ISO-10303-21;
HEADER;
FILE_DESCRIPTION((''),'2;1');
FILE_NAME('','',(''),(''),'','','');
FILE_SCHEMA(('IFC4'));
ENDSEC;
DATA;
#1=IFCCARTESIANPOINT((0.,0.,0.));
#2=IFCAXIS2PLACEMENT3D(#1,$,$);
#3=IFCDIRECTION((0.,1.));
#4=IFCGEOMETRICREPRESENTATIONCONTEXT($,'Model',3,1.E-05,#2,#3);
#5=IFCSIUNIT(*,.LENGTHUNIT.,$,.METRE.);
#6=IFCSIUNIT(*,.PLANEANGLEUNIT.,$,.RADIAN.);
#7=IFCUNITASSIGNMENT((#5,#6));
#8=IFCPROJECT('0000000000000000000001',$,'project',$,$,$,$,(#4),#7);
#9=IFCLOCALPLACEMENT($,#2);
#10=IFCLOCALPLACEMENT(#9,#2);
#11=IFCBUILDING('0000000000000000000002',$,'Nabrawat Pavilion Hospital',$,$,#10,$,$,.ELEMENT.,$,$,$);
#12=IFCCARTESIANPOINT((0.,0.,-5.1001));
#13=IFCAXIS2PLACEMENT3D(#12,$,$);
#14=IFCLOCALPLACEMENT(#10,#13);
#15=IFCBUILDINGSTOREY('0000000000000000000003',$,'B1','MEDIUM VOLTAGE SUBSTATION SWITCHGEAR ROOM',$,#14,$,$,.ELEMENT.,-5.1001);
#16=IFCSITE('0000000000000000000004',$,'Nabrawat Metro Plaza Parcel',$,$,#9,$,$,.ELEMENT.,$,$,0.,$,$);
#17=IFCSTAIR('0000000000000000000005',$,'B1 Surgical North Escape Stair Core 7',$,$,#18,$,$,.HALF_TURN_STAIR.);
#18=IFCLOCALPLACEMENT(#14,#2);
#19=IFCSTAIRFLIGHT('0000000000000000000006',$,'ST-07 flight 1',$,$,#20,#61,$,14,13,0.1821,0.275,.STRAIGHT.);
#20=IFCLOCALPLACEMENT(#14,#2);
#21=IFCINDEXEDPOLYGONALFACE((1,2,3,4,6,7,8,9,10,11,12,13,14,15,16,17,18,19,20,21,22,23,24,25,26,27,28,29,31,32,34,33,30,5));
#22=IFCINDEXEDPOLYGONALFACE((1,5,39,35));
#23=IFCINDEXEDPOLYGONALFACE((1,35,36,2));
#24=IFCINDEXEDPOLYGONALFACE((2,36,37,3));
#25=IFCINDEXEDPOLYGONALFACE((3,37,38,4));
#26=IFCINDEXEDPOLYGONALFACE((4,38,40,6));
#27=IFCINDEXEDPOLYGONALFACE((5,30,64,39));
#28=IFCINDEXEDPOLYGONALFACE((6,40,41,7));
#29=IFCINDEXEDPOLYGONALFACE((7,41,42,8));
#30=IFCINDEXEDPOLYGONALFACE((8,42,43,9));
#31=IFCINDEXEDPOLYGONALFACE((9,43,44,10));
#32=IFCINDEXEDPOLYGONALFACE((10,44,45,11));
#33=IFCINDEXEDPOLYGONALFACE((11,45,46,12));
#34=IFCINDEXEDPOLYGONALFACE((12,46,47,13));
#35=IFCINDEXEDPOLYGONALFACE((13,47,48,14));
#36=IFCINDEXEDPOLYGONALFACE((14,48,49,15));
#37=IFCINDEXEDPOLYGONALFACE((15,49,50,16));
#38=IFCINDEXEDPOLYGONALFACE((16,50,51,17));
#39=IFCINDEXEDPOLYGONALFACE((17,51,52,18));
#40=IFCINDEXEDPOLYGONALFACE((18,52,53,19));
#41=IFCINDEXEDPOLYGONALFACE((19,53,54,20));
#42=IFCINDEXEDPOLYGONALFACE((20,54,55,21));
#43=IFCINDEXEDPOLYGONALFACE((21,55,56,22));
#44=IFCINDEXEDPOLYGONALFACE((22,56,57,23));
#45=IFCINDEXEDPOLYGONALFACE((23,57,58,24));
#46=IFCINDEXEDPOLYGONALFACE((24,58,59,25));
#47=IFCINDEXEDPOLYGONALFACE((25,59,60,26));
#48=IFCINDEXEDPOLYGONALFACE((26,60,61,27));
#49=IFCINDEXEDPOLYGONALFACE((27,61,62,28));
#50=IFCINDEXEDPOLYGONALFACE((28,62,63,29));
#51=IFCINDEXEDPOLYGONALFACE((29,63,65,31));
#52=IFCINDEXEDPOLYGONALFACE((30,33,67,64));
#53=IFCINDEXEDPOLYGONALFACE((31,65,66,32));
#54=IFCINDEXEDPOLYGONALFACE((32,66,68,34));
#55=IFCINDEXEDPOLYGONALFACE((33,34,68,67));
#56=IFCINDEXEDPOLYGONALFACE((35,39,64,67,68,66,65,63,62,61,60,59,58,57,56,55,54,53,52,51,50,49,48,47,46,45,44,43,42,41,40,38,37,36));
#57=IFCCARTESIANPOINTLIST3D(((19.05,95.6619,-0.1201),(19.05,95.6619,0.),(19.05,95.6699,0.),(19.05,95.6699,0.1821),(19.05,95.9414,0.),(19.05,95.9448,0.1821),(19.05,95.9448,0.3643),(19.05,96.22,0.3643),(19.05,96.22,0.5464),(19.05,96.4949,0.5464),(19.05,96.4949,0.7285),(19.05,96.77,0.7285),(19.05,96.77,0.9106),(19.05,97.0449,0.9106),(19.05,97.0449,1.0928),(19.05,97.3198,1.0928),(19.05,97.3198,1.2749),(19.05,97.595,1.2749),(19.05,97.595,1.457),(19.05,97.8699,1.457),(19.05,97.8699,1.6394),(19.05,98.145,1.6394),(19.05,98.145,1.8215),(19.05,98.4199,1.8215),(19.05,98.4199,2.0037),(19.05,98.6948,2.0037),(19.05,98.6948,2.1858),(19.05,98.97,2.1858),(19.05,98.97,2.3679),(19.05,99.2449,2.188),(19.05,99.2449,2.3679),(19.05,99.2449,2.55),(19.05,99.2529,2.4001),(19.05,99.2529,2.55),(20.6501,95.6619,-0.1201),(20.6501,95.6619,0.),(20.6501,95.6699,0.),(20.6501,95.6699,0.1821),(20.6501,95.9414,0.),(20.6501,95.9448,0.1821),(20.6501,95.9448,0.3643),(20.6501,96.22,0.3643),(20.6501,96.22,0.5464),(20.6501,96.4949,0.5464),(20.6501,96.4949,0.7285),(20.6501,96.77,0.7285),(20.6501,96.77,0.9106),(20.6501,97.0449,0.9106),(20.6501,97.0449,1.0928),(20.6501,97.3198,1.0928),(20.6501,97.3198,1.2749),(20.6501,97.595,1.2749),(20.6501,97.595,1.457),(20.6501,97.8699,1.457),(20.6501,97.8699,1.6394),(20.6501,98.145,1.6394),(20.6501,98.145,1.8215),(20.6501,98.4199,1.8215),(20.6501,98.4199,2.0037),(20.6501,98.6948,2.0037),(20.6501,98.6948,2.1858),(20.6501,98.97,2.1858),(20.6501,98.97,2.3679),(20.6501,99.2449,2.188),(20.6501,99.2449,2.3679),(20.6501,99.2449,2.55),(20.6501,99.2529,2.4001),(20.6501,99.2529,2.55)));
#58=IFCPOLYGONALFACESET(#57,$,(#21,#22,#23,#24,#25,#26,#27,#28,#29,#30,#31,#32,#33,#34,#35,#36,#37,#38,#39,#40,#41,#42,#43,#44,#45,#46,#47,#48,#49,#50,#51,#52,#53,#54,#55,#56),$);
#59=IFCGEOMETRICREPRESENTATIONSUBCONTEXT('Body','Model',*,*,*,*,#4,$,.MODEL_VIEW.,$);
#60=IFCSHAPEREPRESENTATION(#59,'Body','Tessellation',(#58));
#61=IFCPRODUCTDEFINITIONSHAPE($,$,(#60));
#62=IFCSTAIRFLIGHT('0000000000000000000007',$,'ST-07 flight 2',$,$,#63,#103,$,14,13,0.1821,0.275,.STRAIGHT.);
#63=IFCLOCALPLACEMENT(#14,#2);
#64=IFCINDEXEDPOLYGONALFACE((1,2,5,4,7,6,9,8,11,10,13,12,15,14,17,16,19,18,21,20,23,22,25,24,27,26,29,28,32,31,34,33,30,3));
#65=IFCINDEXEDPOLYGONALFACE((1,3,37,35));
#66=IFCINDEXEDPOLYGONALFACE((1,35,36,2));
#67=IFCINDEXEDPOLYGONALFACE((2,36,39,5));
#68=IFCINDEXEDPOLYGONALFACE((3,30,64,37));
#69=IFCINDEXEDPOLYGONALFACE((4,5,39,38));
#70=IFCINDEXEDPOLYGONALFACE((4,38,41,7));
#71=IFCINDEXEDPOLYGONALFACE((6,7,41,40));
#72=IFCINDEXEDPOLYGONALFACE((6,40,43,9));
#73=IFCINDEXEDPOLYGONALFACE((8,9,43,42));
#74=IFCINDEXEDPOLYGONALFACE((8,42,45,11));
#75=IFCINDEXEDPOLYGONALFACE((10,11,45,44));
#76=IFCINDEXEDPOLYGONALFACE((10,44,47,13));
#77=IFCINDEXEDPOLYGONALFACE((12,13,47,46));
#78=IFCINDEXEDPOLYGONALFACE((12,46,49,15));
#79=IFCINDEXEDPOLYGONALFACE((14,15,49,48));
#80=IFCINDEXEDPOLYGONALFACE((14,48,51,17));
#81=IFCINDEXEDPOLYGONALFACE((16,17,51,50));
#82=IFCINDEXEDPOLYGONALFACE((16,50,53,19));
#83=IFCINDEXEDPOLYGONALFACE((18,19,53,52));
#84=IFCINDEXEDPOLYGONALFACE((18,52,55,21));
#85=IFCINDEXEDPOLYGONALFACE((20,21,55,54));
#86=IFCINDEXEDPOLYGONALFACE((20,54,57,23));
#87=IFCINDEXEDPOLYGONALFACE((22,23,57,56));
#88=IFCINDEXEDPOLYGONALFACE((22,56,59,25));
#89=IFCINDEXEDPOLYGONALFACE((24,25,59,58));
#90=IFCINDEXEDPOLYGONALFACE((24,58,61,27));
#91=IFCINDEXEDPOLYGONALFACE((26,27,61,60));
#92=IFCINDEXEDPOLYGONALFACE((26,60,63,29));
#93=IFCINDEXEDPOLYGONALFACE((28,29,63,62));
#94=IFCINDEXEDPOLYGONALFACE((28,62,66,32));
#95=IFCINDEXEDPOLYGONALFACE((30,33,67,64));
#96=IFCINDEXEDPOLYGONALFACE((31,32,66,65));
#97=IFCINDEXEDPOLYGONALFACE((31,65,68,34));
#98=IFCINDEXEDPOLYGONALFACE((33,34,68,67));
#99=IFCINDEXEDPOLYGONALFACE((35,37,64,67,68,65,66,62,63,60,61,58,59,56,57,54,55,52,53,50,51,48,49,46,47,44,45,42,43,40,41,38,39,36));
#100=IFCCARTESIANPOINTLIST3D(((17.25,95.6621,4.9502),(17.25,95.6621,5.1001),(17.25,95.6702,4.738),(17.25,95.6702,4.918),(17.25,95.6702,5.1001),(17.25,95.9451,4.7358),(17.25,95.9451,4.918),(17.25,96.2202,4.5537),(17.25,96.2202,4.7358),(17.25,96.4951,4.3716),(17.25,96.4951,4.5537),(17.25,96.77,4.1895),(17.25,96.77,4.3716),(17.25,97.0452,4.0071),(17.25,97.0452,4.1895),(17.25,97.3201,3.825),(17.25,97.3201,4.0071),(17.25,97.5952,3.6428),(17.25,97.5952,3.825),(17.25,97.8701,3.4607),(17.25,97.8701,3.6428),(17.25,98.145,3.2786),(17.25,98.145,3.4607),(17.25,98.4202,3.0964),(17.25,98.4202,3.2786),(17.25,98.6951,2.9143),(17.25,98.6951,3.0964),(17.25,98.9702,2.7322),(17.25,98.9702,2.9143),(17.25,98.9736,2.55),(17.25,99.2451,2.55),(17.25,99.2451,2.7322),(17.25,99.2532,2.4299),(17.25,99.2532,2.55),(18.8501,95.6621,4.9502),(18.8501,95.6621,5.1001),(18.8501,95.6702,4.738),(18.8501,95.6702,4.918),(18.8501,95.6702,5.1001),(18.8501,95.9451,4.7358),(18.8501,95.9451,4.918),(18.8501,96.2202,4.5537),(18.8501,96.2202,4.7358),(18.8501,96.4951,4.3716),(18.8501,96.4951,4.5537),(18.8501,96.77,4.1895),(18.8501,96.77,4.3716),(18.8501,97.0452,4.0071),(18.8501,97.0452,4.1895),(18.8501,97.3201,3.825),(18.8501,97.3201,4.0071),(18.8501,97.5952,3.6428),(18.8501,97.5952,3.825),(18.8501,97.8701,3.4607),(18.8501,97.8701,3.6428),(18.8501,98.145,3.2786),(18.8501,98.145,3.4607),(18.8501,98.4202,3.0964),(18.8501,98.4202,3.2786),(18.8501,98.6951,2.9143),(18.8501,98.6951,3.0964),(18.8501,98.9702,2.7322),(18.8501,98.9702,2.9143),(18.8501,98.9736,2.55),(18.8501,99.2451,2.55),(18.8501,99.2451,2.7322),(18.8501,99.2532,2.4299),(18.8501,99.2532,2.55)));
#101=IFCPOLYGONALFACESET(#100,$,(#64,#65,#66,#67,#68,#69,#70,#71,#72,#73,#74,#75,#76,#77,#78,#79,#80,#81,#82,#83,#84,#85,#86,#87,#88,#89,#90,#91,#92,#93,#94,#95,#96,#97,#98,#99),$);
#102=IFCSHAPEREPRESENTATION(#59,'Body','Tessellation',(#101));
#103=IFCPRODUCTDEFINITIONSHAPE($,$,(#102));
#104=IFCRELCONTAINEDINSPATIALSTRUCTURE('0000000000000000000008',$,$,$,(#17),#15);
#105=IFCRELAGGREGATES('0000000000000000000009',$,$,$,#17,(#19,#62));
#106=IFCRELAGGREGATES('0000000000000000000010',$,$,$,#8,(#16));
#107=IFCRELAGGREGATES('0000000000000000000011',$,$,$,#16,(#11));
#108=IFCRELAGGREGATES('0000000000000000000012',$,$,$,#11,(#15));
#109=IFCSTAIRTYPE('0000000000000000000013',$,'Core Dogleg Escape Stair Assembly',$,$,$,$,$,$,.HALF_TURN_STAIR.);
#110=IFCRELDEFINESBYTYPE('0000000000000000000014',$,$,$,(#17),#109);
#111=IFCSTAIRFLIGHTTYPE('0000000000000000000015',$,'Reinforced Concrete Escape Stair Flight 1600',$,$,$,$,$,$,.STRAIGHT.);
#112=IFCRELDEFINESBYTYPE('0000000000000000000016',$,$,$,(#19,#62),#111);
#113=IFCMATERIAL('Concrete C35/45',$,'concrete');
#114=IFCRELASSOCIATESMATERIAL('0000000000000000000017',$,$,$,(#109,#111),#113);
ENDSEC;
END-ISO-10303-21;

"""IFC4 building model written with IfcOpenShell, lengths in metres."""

from ifc_helpers import new_model, si_unit, direction, frame, origin, place, context, subcontext, project, spatial, polyline, outline, extrude, material, type_object, element, aggregate, save


model = new_model("IFC4")

# Units and contexts
model_context = context("Model", 3, precision=1e-05, world=origin(), true_north=direction((0.0, 1.0)))
body_context = subcontext(model_context, "Body", "Model", "MODEL_VIEW")
ifc_project = project(units=[si_unit("LENGTHUNIT", "METRE"), si_unit("PLANEANGLEUNIT", "RADIAN")], contexts=[model_context])

# Site, building, storey
site_placement = place(None, origin())
site = spatial("IfcSite", under=ifc_project, at=site_placement, Name="Nabrawat Metro Plaza Parcel", CompositionType="ELEMENT", RefElevation=0.0)
building_placement = place(site_placement, origin())
building = spatial("IfcBuilding", under=site, at=building_placement, Name="Nabrawat Pavilion Hospital", CompositionType="ELEMENT")
storey_placement = place(building_placement, frame((0.0, 0.0, -5.1001)))
storey = spatial("IfcBuildingStorey", under=building, at=storey_placement, Name="B1", Description="MEDIUM VOLTAGE SUBSTATION SWITCHGEAR ROOM", CompositionType="ELEMENT", Elevation=-5.1001)

# Shared definitions
ifc_material_1 = material(Name="Concrete C35/45", Category="concrete")

# Stair, stair flights
stair_type = type_object("IfcStairType", Name="Core Dogleg Escape Stair Assembly", PredefinedType="HALF_TURN_STAIR", material=ifc_material_1)
stair_placement = place(storey_placement, origin())
stair = element("IfcStair", 1, at=stair_placement, inside=storey, type_object=stair_type, Name="B1 Surgical North Escape Stair Core 7", PredefinedType="HALF_TURN_STAIR")
stair_flight_type = type_object("IfcStairFlightType", Name="Reinforced Concrete Escape Stair Flight 1600", PredefinedType="STRAIGHT", material=ifc_material_1)
stair_flight_1_placement = place(storey_placement, frame((19.8501, 95.6699, 0.0), z_axis=(0.0, 0.0, 1.0), x_axis=(0.0, 1.0, 0.0)))
stair_flight_1 = element("IfcStairFlight", 2, at=stair_flight_1_placement, type_object=stair_flight_type, Name="ST-07 flight 1", NumberOfRisers=14, NumberOfTreads=13, PredefinedType="STRAIGHT", RiserHeight=0.1821, TreadLength=0.275, context=body_context, shape_type="SweptSolid", body=[
    extrude(outline(polyline([(-0.0081, 0.0), (0.0, 0.0), (0.0, 0.1821), (0.2749, 0.1821), (0.2749, 0.3643), (0.55, 0.3643), (0.55, 0.5464), (0.825, 0.5464), (0.825, 0.7285), (1.1001, 0.7285), (1.1001, 0.9106), (1.375, 0.9106), (1.375, 1.0928), (1.6499, 1.0928), (1.6499, 1.2749), (1.925, 1.2749), (1.925, 1.457), (2.2, 1.457), (2.2, 1.6394), (2.4751, 1.6394), (2.4751, 1.8215), (2.75, 1.8215), (2.75, 2.0037), (3.0249, 2.0037), (3.0249, 2.1858), (3.3, 2.1858), (3.3, 2.3679), (3.575, 2.3679), (3.575, 2.55), (3.583, 2.55), (3.583, 2.4001), (3.575, 2.188), (0.2715, 0.0), (-0.0081, -0.1201), (-0.0081, 0.0)])), frame((0.0, 0.8, 0.0), z_axis=(0.0, -1.0, 0.0), x_axis=(1.0, 0.0, 0.0)), (0.0, 0.0, 1.0), 1.6001),
])
stair_flight_2_placement = place(storey_placement, frame((18.05, 99.2451, 2.55), z_axis=(0.0, 0.0, 1.0), x_axis=(0.0, -1.0, 0.0)))
stair_flight_2 = element("IfcStairFlight", 3, at=stair_flight_2_placement, type_object=stair_flight_type, Name="ST-07 flight 2", NumberOfRisers=14, NumberOfTreads=13, PredefinedType="STRAIGHT", RiserHeight=0.1821, TreadLength=0.275, context=body_context, shape_type="SweptSolid", body=[
    extrude(outline(polyline([(-0.0081, 0.0), (0.0, 0.0), (0.0, 0.1821), (0.2749, 0.1821), (0.2749, 0.3643), (0.55, 0.3643), (0.55, 0.5464), (0.825, 0.5464), (0.825, 0.7285), (1.1001, 0.7285), (1.1001, 0.9106), (1.375, 0.9106), (1.375, 1.0928), (1.6499, 1.0928), (1.6499, 1.2749), (1.925, 1.2749), (1.925, 1.457), (2.2, 1.457), (2.2, 1.6394), (2.4751, 1.6394), (2.4751, 1.8215), (2.75, 1.8215), (2.75, 2.0037), (3.0249, 2.0037), (3.0249, 2.1858), (3.3, 2.1858), (3.3, 2.3679), (3.575, 2.3679), (3.575, 2.55), (3.583, 2.55), (3.583, 2.4001), (3.575, 2.188), (0.2715, 0.0), (-0.0081, -0.1201), (-0.0081, 0.0)])), frame((0.0, 0.8, 0.0), z_axis=(0.0, -1.0, 0.0), x_axis=(1.0, 0.0, 0.0)), (0.0, 0.0, 1.0), 1.6001),
])
aggregate(stair, [stair_flight_1, stair_flight_2])

save(model, "model.ifc")
